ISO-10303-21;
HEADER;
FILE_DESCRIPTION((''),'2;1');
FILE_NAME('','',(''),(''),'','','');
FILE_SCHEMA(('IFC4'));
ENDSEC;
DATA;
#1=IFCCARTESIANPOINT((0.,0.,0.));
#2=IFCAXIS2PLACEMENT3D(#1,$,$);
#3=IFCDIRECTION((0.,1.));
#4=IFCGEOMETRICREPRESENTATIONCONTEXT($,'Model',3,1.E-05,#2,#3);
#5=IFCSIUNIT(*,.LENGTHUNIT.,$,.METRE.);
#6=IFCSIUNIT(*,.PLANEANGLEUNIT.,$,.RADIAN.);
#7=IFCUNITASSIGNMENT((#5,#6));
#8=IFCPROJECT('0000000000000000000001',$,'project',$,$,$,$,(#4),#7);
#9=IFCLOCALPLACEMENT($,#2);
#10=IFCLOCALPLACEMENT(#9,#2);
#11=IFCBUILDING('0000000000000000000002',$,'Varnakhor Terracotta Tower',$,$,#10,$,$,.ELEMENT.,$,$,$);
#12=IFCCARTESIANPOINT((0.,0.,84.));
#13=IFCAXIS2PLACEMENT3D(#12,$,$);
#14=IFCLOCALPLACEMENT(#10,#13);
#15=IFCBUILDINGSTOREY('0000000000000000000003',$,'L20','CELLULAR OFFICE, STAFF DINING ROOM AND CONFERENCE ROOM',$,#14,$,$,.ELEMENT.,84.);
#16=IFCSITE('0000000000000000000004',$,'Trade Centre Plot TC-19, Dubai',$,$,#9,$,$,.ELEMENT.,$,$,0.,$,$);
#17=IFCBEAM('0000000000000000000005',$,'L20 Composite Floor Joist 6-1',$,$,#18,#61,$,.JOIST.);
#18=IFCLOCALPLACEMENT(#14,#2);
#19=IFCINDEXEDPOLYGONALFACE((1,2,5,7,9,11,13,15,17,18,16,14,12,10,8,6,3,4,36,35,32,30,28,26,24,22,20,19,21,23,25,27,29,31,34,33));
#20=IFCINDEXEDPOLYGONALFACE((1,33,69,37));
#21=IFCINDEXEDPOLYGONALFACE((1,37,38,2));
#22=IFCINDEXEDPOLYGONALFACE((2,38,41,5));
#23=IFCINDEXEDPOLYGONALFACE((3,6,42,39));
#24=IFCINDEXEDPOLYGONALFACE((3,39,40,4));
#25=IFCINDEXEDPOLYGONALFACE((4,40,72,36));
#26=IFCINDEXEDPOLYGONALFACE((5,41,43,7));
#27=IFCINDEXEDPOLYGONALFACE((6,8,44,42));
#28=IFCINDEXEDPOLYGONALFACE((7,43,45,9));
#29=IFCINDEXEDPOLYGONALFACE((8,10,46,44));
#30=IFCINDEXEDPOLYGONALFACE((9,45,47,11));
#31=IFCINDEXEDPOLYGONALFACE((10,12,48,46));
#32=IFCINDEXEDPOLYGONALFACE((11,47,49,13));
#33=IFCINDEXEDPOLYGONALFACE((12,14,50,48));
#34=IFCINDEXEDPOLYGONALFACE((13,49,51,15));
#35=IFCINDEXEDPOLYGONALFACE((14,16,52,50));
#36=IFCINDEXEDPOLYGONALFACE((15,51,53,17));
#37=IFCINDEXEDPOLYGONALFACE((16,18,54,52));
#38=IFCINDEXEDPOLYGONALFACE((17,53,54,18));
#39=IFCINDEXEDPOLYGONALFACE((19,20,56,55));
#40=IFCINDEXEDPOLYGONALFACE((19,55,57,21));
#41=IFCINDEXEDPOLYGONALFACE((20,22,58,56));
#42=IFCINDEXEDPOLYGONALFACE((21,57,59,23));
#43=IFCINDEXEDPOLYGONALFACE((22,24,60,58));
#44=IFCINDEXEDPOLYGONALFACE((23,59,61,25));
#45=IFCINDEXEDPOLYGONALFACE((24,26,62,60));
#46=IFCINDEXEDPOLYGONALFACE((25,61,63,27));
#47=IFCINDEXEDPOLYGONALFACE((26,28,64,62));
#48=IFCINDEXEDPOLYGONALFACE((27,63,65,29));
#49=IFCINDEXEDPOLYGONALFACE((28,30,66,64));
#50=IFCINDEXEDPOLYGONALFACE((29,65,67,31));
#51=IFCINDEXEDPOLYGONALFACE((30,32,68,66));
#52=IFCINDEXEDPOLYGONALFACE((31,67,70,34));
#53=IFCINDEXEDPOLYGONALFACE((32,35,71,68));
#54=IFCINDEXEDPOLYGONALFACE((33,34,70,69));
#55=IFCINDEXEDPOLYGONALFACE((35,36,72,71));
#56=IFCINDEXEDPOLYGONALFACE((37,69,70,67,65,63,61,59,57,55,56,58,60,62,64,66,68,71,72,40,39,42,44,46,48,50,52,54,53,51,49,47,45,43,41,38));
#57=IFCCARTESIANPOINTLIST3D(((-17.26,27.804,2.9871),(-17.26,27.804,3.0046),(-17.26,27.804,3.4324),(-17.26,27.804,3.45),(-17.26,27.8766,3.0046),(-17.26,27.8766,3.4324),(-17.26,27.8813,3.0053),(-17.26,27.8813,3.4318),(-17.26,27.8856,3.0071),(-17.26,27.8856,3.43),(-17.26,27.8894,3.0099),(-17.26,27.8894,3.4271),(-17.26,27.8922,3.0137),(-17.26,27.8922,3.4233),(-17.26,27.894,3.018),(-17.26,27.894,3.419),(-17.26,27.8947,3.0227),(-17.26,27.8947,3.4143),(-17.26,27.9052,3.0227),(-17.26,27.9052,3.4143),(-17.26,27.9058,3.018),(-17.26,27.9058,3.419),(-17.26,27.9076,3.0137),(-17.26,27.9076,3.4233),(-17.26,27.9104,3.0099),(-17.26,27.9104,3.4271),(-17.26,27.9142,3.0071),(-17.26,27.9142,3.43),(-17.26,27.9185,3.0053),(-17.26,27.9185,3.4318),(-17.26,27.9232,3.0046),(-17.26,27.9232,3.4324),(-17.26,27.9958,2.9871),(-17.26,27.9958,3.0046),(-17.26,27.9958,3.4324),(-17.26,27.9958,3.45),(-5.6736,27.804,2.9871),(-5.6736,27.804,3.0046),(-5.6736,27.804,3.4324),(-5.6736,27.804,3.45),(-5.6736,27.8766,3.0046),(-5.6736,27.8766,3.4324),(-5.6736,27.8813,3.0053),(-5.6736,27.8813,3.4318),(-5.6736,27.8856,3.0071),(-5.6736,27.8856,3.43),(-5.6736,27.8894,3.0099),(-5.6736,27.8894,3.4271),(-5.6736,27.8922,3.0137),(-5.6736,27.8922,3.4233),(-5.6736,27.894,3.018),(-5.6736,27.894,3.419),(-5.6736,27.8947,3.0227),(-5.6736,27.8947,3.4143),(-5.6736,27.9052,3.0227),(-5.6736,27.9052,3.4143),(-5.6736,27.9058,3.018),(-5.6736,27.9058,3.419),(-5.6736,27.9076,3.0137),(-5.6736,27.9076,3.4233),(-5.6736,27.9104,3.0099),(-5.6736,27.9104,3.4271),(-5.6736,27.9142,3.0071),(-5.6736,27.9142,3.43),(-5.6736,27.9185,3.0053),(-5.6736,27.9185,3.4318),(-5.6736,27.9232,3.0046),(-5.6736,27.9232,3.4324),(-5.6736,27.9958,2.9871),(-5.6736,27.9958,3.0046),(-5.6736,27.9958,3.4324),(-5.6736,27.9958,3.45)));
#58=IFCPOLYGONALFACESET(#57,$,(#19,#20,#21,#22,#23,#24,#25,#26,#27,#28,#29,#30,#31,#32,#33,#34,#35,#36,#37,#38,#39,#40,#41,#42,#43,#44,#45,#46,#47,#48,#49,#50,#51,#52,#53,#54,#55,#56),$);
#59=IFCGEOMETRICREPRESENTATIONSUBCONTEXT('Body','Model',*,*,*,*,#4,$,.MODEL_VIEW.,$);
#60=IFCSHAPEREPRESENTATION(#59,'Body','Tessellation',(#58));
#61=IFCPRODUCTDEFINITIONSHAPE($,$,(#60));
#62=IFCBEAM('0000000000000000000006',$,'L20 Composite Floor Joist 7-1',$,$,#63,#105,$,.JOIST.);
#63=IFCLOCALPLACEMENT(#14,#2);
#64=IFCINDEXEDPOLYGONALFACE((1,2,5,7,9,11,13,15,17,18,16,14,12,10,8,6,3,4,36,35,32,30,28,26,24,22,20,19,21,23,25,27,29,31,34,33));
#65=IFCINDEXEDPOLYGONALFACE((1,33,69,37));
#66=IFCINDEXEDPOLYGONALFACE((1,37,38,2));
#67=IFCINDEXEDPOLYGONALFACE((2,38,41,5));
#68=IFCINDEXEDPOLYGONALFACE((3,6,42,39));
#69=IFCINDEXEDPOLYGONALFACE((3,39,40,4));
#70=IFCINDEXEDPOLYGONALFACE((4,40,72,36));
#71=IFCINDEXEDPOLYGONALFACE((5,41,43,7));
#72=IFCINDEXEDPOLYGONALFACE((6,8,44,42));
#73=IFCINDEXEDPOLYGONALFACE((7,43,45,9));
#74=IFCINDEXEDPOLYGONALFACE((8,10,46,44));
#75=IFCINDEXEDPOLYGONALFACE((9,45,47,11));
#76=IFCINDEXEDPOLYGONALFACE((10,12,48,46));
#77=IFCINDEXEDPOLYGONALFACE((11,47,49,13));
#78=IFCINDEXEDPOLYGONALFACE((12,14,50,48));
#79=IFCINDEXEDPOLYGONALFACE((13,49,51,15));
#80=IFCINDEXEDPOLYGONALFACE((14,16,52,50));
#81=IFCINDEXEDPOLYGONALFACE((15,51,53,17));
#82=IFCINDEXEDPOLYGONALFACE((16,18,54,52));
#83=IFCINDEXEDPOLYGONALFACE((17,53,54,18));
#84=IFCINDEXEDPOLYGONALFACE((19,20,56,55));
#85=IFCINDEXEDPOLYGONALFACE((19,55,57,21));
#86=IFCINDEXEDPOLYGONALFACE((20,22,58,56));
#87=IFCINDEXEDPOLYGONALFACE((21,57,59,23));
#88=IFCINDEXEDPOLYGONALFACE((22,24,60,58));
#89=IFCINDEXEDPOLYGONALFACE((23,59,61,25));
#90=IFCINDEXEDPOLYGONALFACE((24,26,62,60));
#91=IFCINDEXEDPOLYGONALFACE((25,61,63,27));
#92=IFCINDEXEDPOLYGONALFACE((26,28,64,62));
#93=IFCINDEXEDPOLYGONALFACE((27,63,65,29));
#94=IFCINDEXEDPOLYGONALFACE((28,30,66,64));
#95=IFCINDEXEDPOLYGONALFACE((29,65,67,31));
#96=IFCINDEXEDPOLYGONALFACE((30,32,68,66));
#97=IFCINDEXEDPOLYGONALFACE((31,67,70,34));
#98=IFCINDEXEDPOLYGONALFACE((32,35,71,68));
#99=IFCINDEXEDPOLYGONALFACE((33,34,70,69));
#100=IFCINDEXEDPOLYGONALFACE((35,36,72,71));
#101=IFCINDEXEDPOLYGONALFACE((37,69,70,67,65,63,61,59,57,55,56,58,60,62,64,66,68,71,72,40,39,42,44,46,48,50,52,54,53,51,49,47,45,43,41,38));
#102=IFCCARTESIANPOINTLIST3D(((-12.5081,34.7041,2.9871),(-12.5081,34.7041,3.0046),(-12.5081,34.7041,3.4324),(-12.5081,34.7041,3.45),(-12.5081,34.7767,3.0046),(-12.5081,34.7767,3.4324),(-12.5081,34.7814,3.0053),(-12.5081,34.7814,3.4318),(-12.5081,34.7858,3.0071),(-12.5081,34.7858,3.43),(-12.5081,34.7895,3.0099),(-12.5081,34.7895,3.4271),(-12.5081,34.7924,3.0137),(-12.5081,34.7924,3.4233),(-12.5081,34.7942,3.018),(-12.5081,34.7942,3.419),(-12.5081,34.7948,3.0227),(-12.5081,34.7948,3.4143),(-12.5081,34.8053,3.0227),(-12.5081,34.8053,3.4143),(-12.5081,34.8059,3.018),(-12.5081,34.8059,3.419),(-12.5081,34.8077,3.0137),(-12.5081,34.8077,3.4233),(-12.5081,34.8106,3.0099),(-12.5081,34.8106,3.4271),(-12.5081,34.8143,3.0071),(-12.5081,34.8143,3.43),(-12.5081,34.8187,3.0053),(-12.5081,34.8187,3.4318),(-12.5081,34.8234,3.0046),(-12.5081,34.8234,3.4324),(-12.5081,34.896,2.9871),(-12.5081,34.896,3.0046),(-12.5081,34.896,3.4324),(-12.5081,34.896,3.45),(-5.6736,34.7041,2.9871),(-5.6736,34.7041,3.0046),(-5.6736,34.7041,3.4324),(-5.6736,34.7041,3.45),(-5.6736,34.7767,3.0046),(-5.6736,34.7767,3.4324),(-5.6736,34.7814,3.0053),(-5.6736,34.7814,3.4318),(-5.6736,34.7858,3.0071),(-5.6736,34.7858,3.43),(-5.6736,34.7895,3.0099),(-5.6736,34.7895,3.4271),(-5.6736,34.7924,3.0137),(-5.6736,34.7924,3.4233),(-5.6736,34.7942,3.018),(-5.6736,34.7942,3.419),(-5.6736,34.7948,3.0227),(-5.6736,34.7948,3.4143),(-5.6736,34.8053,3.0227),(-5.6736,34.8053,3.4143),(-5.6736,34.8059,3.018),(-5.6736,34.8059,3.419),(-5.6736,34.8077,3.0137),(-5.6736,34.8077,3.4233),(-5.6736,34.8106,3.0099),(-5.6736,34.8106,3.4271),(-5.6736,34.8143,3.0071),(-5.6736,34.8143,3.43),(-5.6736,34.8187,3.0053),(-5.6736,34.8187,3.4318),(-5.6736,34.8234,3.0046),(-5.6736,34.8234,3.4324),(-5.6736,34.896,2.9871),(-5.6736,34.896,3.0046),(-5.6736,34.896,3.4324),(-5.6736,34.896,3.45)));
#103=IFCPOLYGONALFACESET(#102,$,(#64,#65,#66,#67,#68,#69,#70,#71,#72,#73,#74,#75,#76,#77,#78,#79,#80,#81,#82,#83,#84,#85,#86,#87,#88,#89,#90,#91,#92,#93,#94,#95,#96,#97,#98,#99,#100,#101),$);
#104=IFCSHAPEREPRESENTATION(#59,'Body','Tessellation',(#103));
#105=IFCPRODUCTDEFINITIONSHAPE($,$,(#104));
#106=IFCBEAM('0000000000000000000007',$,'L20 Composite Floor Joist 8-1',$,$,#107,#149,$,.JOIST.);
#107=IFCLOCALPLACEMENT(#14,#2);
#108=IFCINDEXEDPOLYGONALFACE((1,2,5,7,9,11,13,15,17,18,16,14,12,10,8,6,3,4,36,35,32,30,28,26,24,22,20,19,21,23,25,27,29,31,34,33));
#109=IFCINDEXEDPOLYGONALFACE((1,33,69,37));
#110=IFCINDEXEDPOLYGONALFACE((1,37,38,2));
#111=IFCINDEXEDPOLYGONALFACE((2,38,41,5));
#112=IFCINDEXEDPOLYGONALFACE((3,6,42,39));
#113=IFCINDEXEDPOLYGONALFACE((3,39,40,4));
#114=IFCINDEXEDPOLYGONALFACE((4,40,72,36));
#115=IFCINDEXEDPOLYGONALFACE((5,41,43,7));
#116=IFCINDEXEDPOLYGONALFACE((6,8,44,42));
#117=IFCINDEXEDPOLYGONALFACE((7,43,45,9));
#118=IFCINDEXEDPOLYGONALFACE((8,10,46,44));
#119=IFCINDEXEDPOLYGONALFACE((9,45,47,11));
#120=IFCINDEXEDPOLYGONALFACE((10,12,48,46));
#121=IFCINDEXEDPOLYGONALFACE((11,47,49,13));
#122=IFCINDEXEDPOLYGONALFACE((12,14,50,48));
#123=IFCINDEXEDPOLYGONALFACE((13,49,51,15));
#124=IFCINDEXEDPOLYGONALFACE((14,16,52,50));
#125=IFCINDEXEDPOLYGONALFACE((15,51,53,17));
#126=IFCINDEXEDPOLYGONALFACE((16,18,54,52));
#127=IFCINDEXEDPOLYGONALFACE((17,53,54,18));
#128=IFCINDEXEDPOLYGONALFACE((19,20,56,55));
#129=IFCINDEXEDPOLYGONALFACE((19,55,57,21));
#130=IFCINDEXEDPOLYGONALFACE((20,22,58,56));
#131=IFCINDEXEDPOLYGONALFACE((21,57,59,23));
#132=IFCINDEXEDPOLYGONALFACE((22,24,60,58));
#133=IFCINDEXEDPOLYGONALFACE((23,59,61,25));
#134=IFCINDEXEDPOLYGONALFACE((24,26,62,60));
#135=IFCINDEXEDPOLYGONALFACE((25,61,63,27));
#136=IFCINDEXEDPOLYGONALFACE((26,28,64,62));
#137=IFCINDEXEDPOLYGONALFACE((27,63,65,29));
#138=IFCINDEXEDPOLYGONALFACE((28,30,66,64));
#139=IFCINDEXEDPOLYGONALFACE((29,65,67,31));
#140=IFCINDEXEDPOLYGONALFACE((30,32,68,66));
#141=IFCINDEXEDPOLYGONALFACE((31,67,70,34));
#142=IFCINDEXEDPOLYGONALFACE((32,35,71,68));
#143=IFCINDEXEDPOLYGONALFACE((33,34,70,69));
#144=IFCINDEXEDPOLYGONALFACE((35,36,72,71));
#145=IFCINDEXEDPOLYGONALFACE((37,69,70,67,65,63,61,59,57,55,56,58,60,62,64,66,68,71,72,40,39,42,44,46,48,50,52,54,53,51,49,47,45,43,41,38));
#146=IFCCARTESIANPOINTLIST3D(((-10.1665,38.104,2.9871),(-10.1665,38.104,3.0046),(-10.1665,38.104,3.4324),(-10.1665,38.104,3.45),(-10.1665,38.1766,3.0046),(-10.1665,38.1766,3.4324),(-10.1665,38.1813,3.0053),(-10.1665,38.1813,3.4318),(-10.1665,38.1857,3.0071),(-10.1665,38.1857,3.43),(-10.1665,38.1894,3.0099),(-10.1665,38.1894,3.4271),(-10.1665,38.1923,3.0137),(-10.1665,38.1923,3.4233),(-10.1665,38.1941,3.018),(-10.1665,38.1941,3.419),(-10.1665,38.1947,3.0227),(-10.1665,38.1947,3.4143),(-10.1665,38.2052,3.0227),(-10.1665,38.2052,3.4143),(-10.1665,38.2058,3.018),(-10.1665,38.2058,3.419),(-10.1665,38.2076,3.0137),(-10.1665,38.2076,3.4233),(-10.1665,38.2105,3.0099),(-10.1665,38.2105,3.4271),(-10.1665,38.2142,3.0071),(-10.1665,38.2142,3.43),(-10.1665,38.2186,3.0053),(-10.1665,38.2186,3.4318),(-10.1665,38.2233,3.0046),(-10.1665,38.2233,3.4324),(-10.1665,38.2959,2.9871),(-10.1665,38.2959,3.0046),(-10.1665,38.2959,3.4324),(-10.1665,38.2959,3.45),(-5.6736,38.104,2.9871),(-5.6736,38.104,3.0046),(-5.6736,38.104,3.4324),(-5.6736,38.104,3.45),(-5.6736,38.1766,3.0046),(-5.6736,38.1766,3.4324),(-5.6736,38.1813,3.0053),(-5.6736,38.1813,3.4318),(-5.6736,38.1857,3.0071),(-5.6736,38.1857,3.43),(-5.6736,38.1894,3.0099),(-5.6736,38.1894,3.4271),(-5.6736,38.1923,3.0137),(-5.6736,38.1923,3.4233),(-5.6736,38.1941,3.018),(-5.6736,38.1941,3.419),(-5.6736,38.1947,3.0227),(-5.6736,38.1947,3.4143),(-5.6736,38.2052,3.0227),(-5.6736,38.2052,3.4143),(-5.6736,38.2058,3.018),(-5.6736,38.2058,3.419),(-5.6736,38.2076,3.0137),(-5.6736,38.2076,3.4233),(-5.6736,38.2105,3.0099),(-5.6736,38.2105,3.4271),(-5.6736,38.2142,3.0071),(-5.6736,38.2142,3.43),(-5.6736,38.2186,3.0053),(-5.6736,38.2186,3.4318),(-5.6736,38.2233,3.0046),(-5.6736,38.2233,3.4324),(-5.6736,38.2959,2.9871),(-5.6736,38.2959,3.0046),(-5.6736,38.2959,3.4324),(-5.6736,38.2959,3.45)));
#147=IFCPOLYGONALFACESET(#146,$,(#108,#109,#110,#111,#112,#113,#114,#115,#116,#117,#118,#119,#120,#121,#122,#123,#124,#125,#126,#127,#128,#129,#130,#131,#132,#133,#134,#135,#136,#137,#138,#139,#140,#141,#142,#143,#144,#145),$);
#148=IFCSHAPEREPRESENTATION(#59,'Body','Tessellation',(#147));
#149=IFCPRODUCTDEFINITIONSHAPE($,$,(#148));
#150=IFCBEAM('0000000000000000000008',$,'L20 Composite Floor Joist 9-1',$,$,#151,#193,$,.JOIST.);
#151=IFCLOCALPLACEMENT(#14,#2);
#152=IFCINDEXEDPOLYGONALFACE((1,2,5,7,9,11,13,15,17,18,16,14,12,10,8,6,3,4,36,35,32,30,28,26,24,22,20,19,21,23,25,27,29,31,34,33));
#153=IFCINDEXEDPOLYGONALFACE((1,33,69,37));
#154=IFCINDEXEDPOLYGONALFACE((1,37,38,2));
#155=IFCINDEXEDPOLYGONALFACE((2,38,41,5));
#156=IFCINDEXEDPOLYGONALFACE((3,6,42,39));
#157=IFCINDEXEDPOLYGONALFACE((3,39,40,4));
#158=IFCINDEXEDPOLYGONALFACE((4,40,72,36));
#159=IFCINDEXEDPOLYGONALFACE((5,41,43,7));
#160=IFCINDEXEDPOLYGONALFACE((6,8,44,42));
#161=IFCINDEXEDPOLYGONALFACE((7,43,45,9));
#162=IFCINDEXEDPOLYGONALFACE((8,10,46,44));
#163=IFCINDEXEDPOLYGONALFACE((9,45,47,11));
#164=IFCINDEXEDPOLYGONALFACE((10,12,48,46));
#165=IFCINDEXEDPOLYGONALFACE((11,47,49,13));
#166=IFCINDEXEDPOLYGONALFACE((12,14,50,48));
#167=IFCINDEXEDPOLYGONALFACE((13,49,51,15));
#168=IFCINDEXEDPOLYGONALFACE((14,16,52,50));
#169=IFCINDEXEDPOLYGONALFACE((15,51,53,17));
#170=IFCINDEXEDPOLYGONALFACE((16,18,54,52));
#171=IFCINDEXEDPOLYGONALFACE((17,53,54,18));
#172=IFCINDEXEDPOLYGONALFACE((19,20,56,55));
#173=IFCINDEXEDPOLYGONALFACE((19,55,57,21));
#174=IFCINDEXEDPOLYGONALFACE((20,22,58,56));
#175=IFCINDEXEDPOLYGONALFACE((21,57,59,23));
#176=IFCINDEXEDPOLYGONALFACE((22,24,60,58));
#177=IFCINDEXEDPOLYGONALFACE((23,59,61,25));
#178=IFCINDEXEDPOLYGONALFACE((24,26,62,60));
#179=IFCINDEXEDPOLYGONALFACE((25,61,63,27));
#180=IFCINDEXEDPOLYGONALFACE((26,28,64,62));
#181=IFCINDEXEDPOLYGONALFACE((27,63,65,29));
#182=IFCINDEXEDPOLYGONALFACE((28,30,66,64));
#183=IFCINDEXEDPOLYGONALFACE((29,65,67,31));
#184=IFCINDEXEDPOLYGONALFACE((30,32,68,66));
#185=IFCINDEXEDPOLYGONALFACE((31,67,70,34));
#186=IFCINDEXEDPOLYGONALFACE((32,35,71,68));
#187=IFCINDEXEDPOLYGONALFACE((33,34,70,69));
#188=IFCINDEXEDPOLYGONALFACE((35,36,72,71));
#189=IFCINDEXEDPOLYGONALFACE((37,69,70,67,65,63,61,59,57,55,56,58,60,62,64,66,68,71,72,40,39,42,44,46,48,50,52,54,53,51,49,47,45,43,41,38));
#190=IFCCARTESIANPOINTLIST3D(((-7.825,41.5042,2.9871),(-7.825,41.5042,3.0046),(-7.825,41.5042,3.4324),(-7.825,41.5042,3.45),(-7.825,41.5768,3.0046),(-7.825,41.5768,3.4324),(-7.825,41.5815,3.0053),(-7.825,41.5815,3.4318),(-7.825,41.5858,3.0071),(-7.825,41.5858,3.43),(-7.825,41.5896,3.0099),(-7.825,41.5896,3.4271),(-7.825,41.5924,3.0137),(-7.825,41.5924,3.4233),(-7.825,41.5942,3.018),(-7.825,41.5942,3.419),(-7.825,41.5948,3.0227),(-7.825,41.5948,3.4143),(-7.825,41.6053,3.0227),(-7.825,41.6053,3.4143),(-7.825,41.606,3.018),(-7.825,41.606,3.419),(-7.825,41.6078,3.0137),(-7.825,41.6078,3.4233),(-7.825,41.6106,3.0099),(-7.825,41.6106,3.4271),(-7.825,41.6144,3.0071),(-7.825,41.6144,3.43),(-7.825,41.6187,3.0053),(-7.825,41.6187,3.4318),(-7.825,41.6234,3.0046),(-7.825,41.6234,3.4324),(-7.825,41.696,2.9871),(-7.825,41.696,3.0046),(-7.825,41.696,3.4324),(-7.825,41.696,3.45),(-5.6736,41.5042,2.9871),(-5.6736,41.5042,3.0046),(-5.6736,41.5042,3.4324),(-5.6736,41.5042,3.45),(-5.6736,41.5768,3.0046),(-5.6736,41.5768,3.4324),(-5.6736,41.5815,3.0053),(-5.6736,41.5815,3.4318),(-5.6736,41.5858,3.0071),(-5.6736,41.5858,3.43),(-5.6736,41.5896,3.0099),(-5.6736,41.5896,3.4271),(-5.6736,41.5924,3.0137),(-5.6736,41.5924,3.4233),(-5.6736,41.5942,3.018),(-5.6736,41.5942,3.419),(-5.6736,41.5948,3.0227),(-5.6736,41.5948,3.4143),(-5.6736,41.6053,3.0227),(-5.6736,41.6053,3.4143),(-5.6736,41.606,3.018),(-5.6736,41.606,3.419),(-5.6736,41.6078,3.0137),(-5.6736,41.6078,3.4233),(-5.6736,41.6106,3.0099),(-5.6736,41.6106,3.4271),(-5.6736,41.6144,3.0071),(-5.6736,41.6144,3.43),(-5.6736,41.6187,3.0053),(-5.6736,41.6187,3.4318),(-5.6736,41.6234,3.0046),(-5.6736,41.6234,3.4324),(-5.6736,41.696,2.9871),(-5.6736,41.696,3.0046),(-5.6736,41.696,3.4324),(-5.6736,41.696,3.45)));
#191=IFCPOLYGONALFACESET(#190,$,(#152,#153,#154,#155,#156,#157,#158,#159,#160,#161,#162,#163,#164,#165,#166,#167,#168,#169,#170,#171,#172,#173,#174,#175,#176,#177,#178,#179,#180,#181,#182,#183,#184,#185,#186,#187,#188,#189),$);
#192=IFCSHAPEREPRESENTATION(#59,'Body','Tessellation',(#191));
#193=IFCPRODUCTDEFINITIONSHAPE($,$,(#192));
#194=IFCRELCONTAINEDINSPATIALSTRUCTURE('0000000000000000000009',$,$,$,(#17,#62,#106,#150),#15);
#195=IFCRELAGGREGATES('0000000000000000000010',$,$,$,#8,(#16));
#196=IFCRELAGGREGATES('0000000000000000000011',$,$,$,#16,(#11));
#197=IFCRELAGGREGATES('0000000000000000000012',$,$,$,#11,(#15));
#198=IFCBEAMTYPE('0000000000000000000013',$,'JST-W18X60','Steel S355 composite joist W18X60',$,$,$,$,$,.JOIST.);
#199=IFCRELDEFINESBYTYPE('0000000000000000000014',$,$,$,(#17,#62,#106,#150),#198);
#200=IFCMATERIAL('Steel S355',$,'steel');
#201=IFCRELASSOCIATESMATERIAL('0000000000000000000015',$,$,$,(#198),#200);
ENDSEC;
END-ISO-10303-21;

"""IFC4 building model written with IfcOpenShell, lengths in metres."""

from ifc_helpers import new_model, si_unit, direction, frame, origin, origin_2d, place, context, subcontext, project, spatial, i_section, extrude, source, transform, mapped, material, material_profile, profile_set, type_object, element, save


model = new_model("IFC4")

# Units and contexts
model_context = context("Model", 3, precision=1e-05, world=origin(), true_north=direction((0.0, 1.0)))
body_context = subcontext(model_context, "Body", "Model", "MODEL_VIEW")
ifc_project = project(units=[si_unit("LENGTHUNIT", "METRE"), si_unit("PLANEANGLEUNIT", "RADIAN")], contexts=[model_context])

# Site, building, storey
site_placement = place(None, origin())
site = spatial("IfcSite", under=ifc_project, at=site_placement, Name="Trade Centre Plot TC-19, Dubai", CompositionType="ELEMENT", RefElevation=0.0)
building_placement = place(site_placement, origin())
building = spatial("IfcBuilding", under=site, at=building_placement, Name="Varnakhor Terracotta Tower", CompositionType="ELEMENT")
storey_placement = place(building_placement, frame((0.0, 0.0, 84.0)))
storey = spatial("IfcBuildingStorey", under=building, at=storey_placement, Name="L20", Description="CELLULAR OFFICE, STAFF DINING ROOM AND CONFERENCE ROOM", CompositionType="ELEMENT", Elevation=84.0)

# Beams
ifc_material_1 = material(Name="Steel S355", Category="steel")
ifc_material_profile_1 = material_profile(ifc_material_1, i_section(OverallWidth=0.1919, OverallDepth=0.4629, WebThickness=0.0105, FlangeThickness=0.0176, FilletRadius=0.0181, at=origin_2d()), Name="W18X60")
ifc_profile_set_1 = profile_set([ifc_material_profile_1], Name="Steel S355")
beam_type_1 = type_object("IfcBeamType", Name="JST-W18X60", Description="Steel S355 composite joist W18X60", PredefinedType="JOIST", material=ifc_profile_set_1)
shared_shape_1 = source(origin(), body_context, "Body", "SweptSolid", [
    extrude(i_section(OverallWidth=0.1919, OverallDepth=0.4629, WebThickness=0.0105, FlangeThickness=0.0176, FilletRadius=0.0181, at=origin_2d()), origin(), (0.0, 0.0, 1.0), 11.5864),
])
beam_1_placement = place(storey_placement, frame((-17.26, 27.8999, 3.2185), z_axis=(1.0, 0.0, 0.0), x_axis=(0.0, 1.0, 0.0)))
element("IfcBeam", 1, at=beam_1_placement, inside=storey, type_object=beam_type_1, Name="L20 Composite Floor Joist 6-1", PredefinedType="JOIST", context=body_context, shape_type="MappedRepresentation", body=[
    mapped(shared_shape_1, transform((0.0, 0.0, 0.0), scale=1.0)),
])
shared_shape_2 = source(origin(), body_context, "Body", "SweptSolid", [
    extrude(i_section(OverallWidth=0.1919, OverallDepth=0.4629, WebThickness=0.0105, FlangeThickness=0.0176, FilletRadius=0.0181, at=origin_2d()), origin(), (0.0, 0.0, 1.0), 6.8345),
])
beam_2_placement = place(storey_placement, frame((-12.5081, 34.8, 3.2185), z_axis=(1.0, 0.0, 0.0), x_axis=(0.0, 1.0, 0.0)))
element("IfcBeam", 2, at=beam_2_placement, inside=storey, type_object=beam_type_1, Name="L20 Composite Floor Joist 7-1", PredefinedType="JOIST", context=body_context, shape_type="MappedRepresentation", body=[
    mapped(shared_shape_2, transform((0.0, 0.0, 0.0), scale=1.0)),
])
shared_shape_3 = source(origin(), body_context, "Body", "SweptSolid", [
    extrude(i_section(OverallWidth=0.1919, OverallDepth=0.4629, WebThickness=0.0105, FlangeThickness=0.0176, FilletRadius=0.0181, at=origin_2d()), origin(), (0.0, 0.0, 1.0), 4.4929),
])
beam_3_placement = place(storey_placement, frame((-10.1665, 38.2, 3.2185), z_axis=(1.0, 0.0, 0.0), x_axis=(0.0, 1.0, 0.0)))
element("IfcBeam", 3, at=beam_3_placement, inside=storey, type_object=beam_type_1, Name="L20 Composite Floor Joist 8-1", PredefinedType="JOIST", context=body_context, shape_type="MappedRepresentation", body=[
    mapped(shared_shape_3, transform((0.0, 0.0, 0.0), scale=1.0)),
])
shared_shape_4 = source(origin(), body_context, "Body", "SweptSolid", [
    extrude(i_section(OverallWidth=0.1919, OverallDepth=0.4629, WebThickness=0.0105, FlangeThickness=0.0176, FilletRadius=0.0181, at=origin_2d()), origin(), (0.0, 0.0, 1.0), 2.1514),
])
beam_4_placement = place(storey_placement, frame((-7.825, 41.6001, 3.2185), z_axis=(1.0, 0.0, 0.0), x_axis=(0.0, 1.0, 0.0)))
element("IfcBeam", 4, at=beam_4_placement, inside=storey, type_object=beam_type_1, Name="L20 Composite Floor Joist 9-1", PredefinedType="JOIST", context=body_context, shape_type="MappedRepresentation", body=[
    mapped(shared_shape_4, transform((0.0, 0.0, 0.0), scale=1.0)),
])

save(model, "model.ifc")
